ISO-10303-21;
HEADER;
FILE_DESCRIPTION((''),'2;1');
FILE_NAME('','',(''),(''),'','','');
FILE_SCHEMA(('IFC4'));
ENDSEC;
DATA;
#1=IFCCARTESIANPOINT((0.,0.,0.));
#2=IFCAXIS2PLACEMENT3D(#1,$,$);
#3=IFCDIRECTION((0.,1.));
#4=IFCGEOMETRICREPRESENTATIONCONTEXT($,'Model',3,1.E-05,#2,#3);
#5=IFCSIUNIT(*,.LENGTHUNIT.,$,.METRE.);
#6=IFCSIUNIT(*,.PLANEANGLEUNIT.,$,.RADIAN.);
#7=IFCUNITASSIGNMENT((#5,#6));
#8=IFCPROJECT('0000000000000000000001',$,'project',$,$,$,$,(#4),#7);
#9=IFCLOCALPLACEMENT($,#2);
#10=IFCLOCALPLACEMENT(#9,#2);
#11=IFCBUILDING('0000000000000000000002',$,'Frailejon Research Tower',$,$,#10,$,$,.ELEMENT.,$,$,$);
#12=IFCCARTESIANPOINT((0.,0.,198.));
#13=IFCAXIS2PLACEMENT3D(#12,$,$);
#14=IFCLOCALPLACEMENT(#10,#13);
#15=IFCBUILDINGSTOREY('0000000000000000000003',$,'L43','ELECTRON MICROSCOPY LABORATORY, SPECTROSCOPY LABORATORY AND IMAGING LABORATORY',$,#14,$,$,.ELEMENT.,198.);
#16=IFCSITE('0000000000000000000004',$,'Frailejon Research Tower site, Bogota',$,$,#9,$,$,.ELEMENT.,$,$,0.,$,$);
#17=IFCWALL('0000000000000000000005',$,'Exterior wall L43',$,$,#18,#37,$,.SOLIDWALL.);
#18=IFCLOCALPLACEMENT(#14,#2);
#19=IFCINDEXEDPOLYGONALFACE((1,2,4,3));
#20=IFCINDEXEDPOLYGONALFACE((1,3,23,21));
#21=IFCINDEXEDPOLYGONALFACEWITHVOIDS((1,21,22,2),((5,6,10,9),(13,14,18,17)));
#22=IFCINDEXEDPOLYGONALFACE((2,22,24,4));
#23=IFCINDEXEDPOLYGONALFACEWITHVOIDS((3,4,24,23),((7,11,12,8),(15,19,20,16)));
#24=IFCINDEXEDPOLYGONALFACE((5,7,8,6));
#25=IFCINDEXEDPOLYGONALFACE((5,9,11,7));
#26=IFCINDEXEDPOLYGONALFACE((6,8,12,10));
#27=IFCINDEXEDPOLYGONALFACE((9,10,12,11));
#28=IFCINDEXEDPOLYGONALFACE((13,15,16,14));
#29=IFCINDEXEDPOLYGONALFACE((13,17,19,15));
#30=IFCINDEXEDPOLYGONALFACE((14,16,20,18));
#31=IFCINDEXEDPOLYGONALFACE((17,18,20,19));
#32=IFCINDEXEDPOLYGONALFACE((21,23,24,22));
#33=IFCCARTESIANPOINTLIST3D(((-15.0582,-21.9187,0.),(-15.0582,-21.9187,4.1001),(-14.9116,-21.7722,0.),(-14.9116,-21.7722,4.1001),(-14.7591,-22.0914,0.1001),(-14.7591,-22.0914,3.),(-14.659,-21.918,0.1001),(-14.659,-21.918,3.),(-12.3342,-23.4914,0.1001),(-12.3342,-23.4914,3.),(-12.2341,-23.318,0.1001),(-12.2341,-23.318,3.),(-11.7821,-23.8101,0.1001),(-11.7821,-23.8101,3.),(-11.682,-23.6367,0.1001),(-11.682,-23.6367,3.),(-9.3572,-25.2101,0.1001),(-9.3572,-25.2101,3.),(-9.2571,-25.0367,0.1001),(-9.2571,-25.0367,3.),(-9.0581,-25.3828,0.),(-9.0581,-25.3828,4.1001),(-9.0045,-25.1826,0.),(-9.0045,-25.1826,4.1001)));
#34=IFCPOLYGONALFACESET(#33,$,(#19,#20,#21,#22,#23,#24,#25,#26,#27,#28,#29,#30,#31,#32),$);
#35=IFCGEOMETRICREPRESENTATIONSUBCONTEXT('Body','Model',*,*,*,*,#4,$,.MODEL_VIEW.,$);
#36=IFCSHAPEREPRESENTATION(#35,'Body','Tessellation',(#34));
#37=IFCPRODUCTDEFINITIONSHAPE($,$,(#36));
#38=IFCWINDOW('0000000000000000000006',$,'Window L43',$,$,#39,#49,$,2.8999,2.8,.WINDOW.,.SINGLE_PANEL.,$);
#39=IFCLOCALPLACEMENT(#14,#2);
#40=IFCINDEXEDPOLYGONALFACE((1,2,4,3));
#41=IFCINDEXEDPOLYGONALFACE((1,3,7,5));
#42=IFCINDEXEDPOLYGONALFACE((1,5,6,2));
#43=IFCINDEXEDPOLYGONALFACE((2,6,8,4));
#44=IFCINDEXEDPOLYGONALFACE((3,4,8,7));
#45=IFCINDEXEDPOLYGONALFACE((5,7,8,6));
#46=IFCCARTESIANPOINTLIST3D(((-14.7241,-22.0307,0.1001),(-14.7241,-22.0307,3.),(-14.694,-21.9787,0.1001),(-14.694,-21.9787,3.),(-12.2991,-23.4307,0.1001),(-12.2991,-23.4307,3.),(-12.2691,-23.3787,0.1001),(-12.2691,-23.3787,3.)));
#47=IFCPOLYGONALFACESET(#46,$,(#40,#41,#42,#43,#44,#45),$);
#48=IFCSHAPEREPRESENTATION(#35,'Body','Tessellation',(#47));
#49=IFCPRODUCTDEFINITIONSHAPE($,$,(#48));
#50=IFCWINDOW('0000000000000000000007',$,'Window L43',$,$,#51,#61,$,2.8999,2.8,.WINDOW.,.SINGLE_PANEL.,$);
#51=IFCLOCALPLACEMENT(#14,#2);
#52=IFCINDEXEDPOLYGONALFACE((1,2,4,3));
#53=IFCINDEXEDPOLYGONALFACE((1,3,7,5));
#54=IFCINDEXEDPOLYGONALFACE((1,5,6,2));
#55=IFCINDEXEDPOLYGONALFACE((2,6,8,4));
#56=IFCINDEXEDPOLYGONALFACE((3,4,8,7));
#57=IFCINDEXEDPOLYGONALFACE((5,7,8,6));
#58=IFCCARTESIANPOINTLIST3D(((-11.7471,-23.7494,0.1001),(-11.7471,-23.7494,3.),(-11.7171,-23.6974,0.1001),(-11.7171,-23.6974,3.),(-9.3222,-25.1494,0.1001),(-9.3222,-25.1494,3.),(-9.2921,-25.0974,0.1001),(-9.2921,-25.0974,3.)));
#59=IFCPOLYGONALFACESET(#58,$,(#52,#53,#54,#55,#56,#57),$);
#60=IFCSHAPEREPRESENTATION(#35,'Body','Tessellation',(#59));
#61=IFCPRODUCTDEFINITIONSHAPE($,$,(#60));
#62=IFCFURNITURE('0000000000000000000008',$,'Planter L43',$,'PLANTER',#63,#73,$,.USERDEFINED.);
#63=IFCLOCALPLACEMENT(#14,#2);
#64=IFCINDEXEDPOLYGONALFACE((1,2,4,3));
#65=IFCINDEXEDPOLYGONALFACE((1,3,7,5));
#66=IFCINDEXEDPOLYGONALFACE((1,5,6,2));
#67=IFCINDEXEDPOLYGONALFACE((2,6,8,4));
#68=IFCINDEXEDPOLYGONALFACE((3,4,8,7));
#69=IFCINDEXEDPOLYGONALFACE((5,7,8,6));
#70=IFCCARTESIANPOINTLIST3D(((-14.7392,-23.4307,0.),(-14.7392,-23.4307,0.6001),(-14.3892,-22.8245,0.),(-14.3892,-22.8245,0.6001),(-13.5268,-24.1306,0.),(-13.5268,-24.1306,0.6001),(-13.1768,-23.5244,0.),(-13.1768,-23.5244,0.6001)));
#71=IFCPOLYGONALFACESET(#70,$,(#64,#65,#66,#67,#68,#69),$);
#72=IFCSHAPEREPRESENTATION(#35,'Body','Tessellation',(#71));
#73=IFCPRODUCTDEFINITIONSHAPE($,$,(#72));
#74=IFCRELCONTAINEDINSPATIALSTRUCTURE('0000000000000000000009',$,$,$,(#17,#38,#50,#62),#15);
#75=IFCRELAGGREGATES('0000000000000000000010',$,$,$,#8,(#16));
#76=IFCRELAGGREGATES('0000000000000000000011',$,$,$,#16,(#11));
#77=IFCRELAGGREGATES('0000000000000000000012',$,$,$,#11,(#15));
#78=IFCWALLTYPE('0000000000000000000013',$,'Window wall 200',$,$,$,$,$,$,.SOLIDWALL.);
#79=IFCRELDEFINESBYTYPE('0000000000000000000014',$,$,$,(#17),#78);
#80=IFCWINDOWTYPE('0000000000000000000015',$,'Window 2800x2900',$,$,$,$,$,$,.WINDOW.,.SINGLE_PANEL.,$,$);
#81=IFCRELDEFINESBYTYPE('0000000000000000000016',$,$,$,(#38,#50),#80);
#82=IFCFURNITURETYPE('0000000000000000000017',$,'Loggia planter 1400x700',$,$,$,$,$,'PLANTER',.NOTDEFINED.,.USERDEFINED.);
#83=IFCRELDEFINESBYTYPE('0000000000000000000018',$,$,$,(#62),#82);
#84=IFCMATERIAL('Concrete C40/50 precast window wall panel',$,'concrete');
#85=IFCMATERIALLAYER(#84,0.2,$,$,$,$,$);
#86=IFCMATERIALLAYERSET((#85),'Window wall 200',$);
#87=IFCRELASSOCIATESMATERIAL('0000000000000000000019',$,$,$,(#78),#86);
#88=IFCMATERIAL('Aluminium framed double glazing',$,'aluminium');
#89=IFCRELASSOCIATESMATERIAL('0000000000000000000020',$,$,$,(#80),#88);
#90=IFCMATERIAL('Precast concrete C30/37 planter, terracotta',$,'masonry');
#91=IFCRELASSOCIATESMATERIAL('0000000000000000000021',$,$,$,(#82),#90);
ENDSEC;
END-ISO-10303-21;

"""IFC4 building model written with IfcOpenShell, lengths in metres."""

from ifc_helpers import new_model, si_unit, direction, frame, frame_2d, origin, origin_2d, place, context, subcontext, project, spatial, polyline, rectangle, outline, extrude, material, layer, layer_set, type_object, element, fill, save


model = new_model("IFC4")

# Units and contexts
model_context = context("Model", 3, precision=1e-05, world=origin(), true_north=direction((0.0, 1.0)))
body_context = subcontext(model_context, "Body", "Model", "MODEL_VIEW")
ifc_project = project(units=[si_unit("LENGTHUNIT", "METRE"), si_unit("PLANEANGLEUNIT", "RADIAN")], contexts=[model_context])

# Site, building, storey
site_placement = place(None, origin())
site = spatial("IfcSite", under=ifc_project, at=site_placement, Name="Frailejon Research Tower site, Bogota", CompositionType="ELEMENT", RefElevation=0.0)
building_placement = place(site_placement, origin())
building = spatial("IfcBuilding", under=site, at=building_placement, Name="Frailejon Research Tower", CompositionType="ELEMENT")
storey_placement = place(building_placement, frame((0.0, 0.0, 198.0)))
storey = spatial("IfcBuildingStorey", under=building, at=storey_placement, Name="L43", Description="ELECTRON MICROSCOPY LABORATORY, SPECTROSCOPY LABORATORY AND IMAGING LABORATORY", CompositionType="ELEMENT", Elevation=198.0)

# Wall, openings, windows
ifc_material_1 = material(Name="Concrete C40/50 precast window wall panel", Category="concrete")
ifc_layer = layer(ifc_material_1, 0.2)
ifc_layer_set = layer_set([ifc_layer], Name="Window wall 200")
wall_type = type_object("IfcWallType", Name="Window wall 200", PredefinedType="SOLIDWALL", material=ifc_layer_set)
wall_placement = place(storey_placement, frame((-14.9849, -21.8455, 0.0), z_axis=(0.0, 0.0, 1.0), x_axis=(0.866029, -0.499993, 0.0)))
wall = element("IfcWall", 1, at=wall_placement, inside=storey, type_object=wall_type, Name="Exterior wall L43", PredefinedType="SOLIDWALL", context=body_context, shape_type="SweptSolid", body=[
    extrude(outline(polyline([(-0.0269, -0.1001), (1.1279, -0.1001), (2.2825, -0.1001), (3.4373, -0.1001), (4.592, -0.1001), (5.7466, -0.1001), (6.9014, -0.1001), (6.8477, 0.1001), (5.7109, 0.1001), (4.574, 0.1001), (3.4373, 0.1001), (2.3005, 0.1001), (1.1636, 0.1001), (0.0269, 0.1001), (-0.0269, -0.1001)])), origin(), (0.0, 0.0, 1.0), 4.1001),
])
opening_1_placement = place(wall_placement, frame((0.3186, 0.0, 0.1001)))
opening_1 = element("IfcOpeningElement", 2, at=opening_1_placement, cuts=wall, PredefinedType="OPENING", context=body_context, shape_type="SweptSolid", body=[
    extrude(rectangle(XDim=2.8, YDim=2.8999, at=frame_2d((1.3999, 1.45))), frame((0.0, 0.1099, 0.0), z_axis=(0.0, -1.0, 0.0), x_axis=(1.0, 0.0, 0.0)), (0.0, 0.0, 1.0), 0.22),
])
opening_2_placement = place(wall_placement, frame((3.7561, 0.0, 0.1001)))
opening_2 = element("IfcOpeningElement", 3, at=opening_2_placement, cuts=wall, PredefinedType="OPENING", context=body_context, shape_type="SweptSolid", body=[
    extrude(rectangle(XDim=2.8, YDim=2.8999, at=frame_2d((1.3999, 1.45))), frame((0.0, 0.1099, 0.0), z_axis=(0.0, -1.0, 0.0), x_axis=(1.0, 0.0, 0.0)), (0.0, 0.0, 1.0), 0.22),
])
ifc_material_2 = material(Name="Aluminium framed double glazing", Category="aluminium")
window_type = type_object("IfcWindowType", Name="Window 2800x2900", PartitioningType="SINGLE_PANEL", PredefinedType="WINDOW", material=ifc_material_2)
window_1_placement = place(opening_1_placement, origin())
window_1 = element("IfcWindow", 4, at=window_1_placement, inside=storey, type_object=window_type, Name="Window L43", OverallHeight=2.8999, OverallWidth=2.8, PartitioningType="SINGLE_PANEL", PredefinedType="WINDOW", context=body_context, shape_type="SweptSolid", body=[
    extrude(rectangle(XDim=2.8, YDim=2.8999, at=frame_2d((1.3999, 1.45))), frame((0.0, 0.03, 0.0), z_axis=(0.0, -1.0, 0.0), x_axis=(1.0, 0.0, 0.0)), (0.0, 0.0, 1.0), 0.0601),
])
fill(opening_1, window_1)
window_2_placement = place(opening_2_placement, origin())
window_2 = element("IfcWindow", 5, at=window_2_placement, inside=storey, type_object=window_type, Name="Window L43", OverallHeight=2.8999, OverallWidth=2.8, PartitioningType="SINGLE_PANEL", PredefinedType="WINDOW", context=body_context, shape_type="SweptSolid", body=[
    extrude(rectangle(XDim=2.8, YDim=2.8999, at=frame_2d((1.3999, 1.45))), frame((0.0, 0.03, 0.0), z_axis=(0.0, -1.0, 0.0), x_axis=(1.0, 0.0, 0.0)), (0.0, 0.0, 1.0), 0.0601),
])
fill(opening_2, window_2)

# Furniture
ifc_material_3 = material(Name="Precast concrete C30/37 planter, terracotta", Category="masonry")
furniture_type = type_object("IfcFurnitureType", Name="Loggia planter 1400x700", ElementType="PLANTER", AssemblyPlace="NOTDEFINED", PredefinedType="USERDEFINED", material=ifc_material_3)
furniture_placement = place(storey_placement, frame((-13.958, -23.4775, 0.0), z_axis=(0.0, 0.0, 1.0), x_axis=(0.866025, -0.5, 0.0)))
element("IfcFurniture", 6, at=furniture_placement, inside=storey, type_object=furniture_type, Name="Planter L43", ObjectType="PLANTER", PredefinedType="USERDEFINED", context=body_context, shape_type="SweptSolid", body=[
    extrude(rectangle(XDim=1.3999, YDim=0.7, at=origin_2d()), origin(), (0.0, 0.0, 1.0), 0.6001),
])

save(model, "model.ifc")
